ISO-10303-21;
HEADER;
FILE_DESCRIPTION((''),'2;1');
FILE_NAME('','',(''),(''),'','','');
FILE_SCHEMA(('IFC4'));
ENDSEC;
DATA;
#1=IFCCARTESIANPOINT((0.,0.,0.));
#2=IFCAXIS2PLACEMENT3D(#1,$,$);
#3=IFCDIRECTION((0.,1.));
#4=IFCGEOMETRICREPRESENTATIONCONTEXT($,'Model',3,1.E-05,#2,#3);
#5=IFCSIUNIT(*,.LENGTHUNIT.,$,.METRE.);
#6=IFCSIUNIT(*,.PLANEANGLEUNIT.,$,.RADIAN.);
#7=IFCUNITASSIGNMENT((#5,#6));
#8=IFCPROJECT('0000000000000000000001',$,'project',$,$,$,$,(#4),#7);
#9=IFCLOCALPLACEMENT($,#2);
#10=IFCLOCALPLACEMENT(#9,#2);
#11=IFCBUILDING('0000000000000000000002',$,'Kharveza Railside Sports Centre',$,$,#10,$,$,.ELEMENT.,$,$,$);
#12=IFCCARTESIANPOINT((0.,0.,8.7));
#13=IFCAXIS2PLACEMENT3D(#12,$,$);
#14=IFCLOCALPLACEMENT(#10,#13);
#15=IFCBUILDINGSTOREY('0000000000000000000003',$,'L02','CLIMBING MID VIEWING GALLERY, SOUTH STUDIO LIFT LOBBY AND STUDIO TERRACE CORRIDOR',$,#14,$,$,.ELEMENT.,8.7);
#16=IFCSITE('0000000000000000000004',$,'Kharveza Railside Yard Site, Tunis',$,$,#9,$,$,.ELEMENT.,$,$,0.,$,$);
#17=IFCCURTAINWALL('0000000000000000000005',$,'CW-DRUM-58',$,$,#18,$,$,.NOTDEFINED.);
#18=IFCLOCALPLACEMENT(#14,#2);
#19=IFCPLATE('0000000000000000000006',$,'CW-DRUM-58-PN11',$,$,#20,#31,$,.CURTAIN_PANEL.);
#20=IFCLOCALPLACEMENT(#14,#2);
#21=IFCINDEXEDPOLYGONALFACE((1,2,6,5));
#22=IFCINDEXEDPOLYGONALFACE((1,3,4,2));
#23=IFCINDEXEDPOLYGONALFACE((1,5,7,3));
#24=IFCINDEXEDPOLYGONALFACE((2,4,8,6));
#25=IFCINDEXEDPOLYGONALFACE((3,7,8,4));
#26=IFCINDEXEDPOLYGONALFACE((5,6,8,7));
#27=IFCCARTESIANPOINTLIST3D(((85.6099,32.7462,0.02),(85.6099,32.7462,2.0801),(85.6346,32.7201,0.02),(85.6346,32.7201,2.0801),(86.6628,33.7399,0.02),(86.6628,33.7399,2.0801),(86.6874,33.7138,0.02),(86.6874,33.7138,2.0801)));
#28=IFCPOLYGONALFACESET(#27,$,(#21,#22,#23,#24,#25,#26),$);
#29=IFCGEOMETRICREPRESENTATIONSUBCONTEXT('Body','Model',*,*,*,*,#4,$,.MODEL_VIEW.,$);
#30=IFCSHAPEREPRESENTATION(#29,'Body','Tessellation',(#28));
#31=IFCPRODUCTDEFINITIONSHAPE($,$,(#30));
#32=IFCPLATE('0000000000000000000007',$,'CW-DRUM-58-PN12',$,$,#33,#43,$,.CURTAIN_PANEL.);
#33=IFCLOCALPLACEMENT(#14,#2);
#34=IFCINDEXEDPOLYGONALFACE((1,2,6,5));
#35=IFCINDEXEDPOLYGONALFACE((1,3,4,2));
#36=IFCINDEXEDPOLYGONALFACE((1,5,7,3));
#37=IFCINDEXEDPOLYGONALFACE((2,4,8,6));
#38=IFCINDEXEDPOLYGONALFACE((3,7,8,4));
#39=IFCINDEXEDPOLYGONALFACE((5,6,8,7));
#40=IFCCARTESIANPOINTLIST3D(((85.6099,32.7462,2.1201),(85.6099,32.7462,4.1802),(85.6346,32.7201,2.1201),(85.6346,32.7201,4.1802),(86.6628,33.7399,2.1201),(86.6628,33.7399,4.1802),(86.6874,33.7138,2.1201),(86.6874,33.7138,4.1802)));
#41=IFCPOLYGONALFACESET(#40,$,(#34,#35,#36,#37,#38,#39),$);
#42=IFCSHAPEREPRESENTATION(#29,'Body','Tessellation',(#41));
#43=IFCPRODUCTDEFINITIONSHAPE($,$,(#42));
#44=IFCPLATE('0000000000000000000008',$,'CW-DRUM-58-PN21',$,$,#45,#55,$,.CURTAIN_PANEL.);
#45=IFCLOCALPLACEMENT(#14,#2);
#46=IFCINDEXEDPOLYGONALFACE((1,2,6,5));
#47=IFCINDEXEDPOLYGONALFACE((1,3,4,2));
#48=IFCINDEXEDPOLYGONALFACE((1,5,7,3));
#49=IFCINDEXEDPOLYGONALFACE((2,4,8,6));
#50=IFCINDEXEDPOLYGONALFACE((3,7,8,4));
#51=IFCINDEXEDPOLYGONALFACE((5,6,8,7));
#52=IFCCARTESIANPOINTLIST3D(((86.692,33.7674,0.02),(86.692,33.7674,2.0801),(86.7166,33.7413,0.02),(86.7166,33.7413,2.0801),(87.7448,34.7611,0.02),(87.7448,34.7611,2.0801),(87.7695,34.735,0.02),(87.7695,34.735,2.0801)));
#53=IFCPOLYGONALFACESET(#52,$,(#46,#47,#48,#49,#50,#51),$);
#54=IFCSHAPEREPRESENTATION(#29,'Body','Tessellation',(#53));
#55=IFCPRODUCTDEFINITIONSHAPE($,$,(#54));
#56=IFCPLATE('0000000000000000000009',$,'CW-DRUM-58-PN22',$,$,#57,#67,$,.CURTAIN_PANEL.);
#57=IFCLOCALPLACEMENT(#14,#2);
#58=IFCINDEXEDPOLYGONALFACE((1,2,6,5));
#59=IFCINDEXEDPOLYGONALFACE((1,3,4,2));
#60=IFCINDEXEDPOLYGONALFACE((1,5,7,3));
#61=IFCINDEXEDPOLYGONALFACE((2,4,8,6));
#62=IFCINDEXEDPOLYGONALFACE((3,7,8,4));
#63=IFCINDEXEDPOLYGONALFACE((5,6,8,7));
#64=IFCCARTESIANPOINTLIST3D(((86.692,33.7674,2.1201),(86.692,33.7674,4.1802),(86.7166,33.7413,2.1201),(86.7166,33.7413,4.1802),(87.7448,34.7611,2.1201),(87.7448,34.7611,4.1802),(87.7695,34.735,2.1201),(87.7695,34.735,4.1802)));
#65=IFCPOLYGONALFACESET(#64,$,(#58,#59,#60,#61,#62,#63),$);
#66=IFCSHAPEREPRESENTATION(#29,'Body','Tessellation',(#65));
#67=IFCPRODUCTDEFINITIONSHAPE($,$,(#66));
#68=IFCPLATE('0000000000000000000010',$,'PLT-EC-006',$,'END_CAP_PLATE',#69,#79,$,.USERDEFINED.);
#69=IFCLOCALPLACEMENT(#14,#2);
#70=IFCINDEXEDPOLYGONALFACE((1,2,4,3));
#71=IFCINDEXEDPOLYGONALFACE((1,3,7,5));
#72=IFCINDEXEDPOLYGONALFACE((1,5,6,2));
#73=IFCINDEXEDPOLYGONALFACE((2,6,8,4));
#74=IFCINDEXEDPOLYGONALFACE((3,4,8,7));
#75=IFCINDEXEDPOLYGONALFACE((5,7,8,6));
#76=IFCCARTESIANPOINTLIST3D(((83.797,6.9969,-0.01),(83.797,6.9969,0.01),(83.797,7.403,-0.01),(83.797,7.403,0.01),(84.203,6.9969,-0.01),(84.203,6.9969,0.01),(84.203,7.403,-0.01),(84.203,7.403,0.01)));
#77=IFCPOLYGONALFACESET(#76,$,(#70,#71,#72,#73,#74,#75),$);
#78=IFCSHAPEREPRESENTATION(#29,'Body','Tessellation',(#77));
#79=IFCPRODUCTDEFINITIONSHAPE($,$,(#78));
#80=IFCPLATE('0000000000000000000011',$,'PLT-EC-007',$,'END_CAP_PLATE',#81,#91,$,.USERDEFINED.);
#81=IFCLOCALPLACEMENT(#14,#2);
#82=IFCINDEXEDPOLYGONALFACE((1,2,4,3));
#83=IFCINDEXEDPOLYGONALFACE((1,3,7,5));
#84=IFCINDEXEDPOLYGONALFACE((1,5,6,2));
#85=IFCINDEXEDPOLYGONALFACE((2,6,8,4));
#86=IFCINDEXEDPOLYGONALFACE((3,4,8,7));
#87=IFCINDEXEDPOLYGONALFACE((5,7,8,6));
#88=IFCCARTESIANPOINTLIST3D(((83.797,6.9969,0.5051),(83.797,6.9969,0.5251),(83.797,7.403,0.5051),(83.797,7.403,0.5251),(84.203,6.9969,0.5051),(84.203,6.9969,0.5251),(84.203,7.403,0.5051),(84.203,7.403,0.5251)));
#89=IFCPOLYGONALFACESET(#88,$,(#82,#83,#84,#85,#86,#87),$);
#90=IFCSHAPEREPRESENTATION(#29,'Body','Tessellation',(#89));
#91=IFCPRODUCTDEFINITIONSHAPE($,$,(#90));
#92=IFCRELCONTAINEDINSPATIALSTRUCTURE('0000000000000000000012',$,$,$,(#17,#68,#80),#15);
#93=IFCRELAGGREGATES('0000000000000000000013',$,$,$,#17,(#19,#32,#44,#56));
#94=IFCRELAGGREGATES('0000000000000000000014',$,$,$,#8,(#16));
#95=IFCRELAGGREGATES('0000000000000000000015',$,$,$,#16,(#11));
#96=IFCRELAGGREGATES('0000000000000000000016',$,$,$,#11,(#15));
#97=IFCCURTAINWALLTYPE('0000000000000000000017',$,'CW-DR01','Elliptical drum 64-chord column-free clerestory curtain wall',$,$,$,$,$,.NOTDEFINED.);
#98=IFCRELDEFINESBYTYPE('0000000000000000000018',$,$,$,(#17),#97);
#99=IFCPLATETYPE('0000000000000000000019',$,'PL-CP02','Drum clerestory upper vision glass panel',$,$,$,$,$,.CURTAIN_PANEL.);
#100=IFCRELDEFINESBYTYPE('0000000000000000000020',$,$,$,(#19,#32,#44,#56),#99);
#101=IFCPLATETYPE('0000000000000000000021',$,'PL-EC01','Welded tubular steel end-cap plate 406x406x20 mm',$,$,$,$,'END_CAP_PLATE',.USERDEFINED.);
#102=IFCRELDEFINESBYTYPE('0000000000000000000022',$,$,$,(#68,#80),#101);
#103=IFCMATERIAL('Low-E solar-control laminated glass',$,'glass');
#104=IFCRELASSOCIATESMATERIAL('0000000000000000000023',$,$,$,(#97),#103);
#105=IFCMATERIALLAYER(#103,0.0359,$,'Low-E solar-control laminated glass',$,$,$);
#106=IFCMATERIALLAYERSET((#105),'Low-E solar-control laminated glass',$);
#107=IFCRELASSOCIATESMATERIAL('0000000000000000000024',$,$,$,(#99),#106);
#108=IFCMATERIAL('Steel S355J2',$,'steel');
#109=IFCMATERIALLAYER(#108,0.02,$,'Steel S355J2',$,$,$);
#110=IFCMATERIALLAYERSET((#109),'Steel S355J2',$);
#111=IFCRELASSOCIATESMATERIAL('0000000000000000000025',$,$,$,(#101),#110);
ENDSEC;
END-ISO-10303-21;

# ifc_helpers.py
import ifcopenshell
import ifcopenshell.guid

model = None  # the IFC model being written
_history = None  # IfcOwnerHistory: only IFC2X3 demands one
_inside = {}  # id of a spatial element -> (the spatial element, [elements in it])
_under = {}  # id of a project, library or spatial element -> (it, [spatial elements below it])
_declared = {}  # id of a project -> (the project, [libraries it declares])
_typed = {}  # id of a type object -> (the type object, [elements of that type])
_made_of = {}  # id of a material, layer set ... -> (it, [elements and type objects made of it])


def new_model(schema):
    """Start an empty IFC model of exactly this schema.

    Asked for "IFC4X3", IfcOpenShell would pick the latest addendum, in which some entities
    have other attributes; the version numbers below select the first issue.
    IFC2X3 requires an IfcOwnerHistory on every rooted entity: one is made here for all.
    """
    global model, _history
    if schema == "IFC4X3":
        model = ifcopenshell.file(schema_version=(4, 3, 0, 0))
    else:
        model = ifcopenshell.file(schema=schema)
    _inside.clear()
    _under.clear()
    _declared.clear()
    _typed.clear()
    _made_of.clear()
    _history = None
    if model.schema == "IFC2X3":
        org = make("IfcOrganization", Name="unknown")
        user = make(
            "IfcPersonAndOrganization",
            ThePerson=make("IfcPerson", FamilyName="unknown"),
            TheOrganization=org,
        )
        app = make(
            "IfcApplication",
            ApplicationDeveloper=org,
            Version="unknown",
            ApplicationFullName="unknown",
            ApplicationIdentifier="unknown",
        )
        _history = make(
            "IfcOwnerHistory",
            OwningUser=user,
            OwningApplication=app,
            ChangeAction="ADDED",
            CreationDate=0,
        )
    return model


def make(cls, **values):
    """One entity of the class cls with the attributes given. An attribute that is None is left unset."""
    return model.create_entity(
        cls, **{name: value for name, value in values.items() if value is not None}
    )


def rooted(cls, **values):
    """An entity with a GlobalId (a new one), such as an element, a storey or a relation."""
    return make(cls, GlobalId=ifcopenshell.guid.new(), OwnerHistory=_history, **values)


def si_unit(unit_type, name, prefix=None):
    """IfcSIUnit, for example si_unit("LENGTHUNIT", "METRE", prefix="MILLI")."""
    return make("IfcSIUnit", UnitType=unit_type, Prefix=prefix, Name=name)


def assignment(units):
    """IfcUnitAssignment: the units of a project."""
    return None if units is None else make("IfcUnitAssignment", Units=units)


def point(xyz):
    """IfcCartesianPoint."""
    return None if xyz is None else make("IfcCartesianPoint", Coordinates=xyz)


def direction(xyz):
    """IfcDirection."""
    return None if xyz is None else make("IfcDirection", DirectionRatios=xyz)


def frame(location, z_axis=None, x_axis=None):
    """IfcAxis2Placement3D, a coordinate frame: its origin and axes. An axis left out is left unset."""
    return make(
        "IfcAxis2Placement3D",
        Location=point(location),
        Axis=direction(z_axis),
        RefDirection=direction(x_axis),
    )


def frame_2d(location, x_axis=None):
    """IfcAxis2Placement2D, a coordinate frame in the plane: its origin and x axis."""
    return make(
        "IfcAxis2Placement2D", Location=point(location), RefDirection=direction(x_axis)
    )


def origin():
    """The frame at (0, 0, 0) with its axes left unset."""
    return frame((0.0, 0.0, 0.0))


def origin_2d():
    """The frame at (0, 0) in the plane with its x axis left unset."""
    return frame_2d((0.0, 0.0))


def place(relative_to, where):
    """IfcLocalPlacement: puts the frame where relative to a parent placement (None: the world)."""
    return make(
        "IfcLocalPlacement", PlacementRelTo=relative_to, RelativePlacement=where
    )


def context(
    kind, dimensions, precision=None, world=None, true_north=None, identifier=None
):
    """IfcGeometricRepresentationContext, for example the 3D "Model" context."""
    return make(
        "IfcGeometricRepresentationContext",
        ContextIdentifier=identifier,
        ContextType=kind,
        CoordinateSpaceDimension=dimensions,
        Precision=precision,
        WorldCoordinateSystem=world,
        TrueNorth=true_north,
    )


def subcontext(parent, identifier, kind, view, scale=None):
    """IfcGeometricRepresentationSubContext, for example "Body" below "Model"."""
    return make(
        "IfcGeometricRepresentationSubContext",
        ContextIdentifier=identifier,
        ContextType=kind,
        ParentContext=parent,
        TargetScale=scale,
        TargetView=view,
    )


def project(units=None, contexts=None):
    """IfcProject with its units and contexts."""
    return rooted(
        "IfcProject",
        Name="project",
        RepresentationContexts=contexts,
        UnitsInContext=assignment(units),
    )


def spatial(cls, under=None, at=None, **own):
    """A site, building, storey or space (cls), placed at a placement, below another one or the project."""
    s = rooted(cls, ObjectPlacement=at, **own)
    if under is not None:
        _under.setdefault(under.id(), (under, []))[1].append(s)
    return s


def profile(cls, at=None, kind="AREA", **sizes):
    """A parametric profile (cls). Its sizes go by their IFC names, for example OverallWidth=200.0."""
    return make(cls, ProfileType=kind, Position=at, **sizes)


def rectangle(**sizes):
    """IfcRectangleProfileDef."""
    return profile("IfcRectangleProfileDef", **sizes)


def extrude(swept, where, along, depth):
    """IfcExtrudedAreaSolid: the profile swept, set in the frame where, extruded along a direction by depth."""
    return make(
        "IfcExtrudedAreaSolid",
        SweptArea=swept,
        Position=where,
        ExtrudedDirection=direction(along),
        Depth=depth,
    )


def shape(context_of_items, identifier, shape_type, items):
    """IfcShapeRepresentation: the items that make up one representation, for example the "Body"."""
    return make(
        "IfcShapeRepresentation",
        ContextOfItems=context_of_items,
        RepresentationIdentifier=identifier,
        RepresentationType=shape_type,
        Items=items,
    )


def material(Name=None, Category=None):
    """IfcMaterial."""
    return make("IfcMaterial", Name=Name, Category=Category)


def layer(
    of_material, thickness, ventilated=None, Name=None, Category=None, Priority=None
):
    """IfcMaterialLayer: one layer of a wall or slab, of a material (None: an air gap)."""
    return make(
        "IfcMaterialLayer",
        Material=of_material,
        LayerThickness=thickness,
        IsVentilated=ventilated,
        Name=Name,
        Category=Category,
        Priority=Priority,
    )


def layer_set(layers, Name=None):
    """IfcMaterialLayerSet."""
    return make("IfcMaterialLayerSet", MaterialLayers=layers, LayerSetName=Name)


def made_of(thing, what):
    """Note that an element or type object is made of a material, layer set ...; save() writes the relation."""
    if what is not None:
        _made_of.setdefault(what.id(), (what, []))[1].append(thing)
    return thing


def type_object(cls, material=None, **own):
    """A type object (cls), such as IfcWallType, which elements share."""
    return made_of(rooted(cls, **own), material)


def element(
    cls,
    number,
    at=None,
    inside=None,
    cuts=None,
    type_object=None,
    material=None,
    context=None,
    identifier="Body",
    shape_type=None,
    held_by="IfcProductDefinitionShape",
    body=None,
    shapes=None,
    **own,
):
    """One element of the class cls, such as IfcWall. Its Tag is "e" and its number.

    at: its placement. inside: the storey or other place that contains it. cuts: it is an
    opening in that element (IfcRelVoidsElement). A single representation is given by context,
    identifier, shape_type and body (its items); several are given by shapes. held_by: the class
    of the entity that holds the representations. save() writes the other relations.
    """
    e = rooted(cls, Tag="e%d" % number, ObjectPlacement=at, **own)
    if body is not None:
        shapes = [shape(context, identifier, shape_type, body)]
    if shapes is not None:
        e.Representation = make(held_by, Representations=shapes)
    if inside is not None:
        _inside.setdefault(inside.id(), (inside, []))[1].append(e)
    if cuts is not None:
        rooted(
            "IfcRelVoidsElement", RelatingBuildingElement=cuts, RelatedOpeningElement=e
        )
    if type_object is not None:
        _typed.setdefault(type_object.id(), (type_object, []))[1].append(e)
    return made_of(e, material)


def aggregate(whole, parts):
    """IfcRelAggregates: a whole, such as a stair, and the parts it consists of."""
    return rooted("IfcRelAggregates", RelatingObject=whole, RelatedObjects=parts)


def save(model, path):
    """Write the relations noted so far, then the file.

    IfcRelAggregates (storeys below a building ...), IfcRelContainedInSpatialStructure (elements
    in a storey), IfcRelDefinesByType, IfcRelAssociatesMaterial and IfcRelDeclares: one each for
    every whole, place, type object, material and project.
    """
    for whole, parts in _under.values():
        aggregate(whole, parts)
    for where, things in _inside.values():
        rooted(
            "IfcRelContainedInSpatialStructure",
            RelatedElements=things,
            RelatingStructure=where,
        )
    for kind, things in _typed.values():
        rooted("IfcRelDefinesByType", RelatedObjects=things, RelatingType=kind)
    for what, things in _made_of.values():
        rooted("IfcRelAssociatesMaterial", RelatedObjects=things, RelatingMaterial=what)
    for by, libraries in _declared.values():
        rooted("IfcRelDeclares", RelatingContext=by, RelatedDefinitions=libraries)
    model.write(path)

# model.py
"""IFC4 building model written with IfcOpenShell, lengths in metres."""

from ifc_helpers import new_model, si_unit, direction, frame, origin, origin_2d, place, context, subcontext, project, spatial, rectangle, extrude, material, layer, layer_set, type_object, element, aggregate, save


model = new_model("IFC4")

# Units and contexts
model_context = context("Model", 3, precision=1e-05, world=origin(), true_north=direction((0.0, 1.0)))
body_context = subcontext(model_context, "Body", "Model", "MODEL_VIEW")
ifc_project = project(units=[si_unit("LENGTHUNIT", "METRE"), si_unit("PLANEANGLEUNIT", "RADIAN")], contexts=[model_context])

# Site, building, storey
site_placement = place(None, origin())
site = spatial("IfcSite", under=ifc_project, at=site_placement, Name="Kharveza Railside Yard Site, Tunis", CompositionType="ELEMENT", RefElevation=0.0)
building_placement = place(site_placement, origin())
building = spatial("IfcBuilding", under=site, at=building_placement, Name="Kharveza Railside Sports Centre", CompositionType="ELEMENT")
storey_placement = place(building_placement, frame((0.0, 0.0, 8.7)))
storey = spatial("IfcBuildingStorey", under=building, at=storey_placement, Name="L02", Description="CLIMBING MID VIEWING GALLERY, SOUTH STUDIO LIFT LOBBY AND STUDIO TERRACE CORRIDOR", CompositionType="ELEMENT", Elevation=8.7)

# Shared definitions
ifc_material_1 = material(Name="Steel S355J2", Category="steel")

# Curtain wall
ifc_material_2 = material(Name="Low-E solar-control laminated glass", Category="glass")
curtain_wall_type = type_object("IfcCurtainWallType", Name="CW-DR01", Description="Elliptical drum 64-chord column-free clerestory curtain wall", PredefinedType="NOTDEFINED", material=ifc_material_2)
curtain_wall_1_placement = place(storey_placement, origin())
curtain_wall_1 = element("IfcCurtainWall", 1, at=curtain_wall_1_placement, inside=storey, type_object=curtain_wall_type, Name="CW-DRUM-58", PredefinedType="NOTDEFINED")

# Plates
ifc_layer_1 = layer(ifc_material_2, 0.0359, Name="Low-E solar-control laminated glass")
ifc_layer_set_1 = layer_set([ifc_layer_1], Name="Low-E solar-control laminated glass")
plate_type_1 = type_object("IfcPlateType", Name="PL-CP02", Description="Drum clerestory upper vision glass panel", PredefinedType="CURTAIN_PANEL", material=ifc_layer_set_1)
plate_1_placement = place(storey_placement, frame((86.1487, 33.23, 0.02), z_axis=(0.0, 0.0, 1.0), x_axis=(0.727234, 0.68639, 0.0)))
plate_1 = element("IfcPlate", 2, at=plate_1_placement, type_object=plate_type_1, Name="CW-DRUM-58-PN11", PredefinedType="CURTAIN_PANEL", context=body_context, shape_type="SweptSolid", body=[
    extrude(rectangle(XDim=1.4478, YDim=0.0359, at=origin_2d()), origin(), (0.0, 0.0, 1.0), 2.0601),
])
plate_2_placement = place(storey_placement, frame((86.1487, 33.23, 2.1201), z_axis=(0.0, 0.0, 1.0), x_axis=(0.727234, 0.68639, 0.0)))
plate_2 = element("IfcPlate", 3, at=plate_2_placement, type_object=plate_type_1, Name="CW-DRUM-58-PN12", PredefinedType="CURTAIN_PANEL", context=body_context, shape_type="SweptSolid", body=[
    extrude(rectangle(XDim=1.4478, YDim=0.0359, at=origin_2d()), origin(), (0.0, 0.0, 1.0), 2.0601),
])
plate_3_placement = place(storey_placement, frame((87.2307, 34.2512, 0.02), z_axis=(0.0, 0.0, 1.0), x_axis=(0.727234, 0.68639, 0.0)))
plate_3 = element("IfcPlate", 4, at=plate_3_placement, type_object=plate_type_1, Name="CW-DRUM-58-PN21", PredefinedType="CURTAIN_PANEL", context=body_context, shape_type="SweptSolid", body=[
    extrude(rectangle(XDim=1.4478, YDim=0.0359, at=origin_2d()), origin(), (0.0, 0.0, 1.0), 2.0601),
])
plate_4_placement = place(storey_placement, frame((87.2307, 34.2512, 2.1201), z_axis=(0.0, 0.0, 1.0), x_axis=(0.727234, 0.68639, 0.0)))
plate_4 = element("IfcPlate", 5, at=plate_4_placement, type_object=plate_type_1, Name="CW-DRUM-58-PN22", PredefinedType="CURTAIN_PANEL", context=body_context, shape_type="SweptSolid", body=[
    extrude(rectangle(XDim=1.4478, YDim=0.0359, at=origin_2d()), origin(), (0.0, 0.0, 1.0), 2.0601),
])
aggregate(curtain_wall_1, [plate_1, plate_2, plate_3, plate_4])

# Plates
ifc_layer_2 = layer(ifc_material_1, 0.02, Name="Steel S355J2")
ifc_layer_set_2 = layer_set([ifc_layer_2], Name="Steel S355J2")
plate_type_2 = type_object("IfcPlateType", Name="PL-EC01", Description="Welded tubular steel end-cap plate 406x406x20 mm", ElementType="END_CAP_PLATE", PredefinedType="USERDEFINED", material=ifc_layer_set_2)
for number, where, z_axis, x_axis, name in (
    (6, (84.0, 7.2, -0.01), (0.0, 0.0, 1.0), (1.0, 0.0, 0.0), "PLT-EC-006"),
    (7, (84.0, 7.2, 0.5051), (0.0, 0.0, 1.0), (1.0, 0.0, 0.0), "PLT-EC-007"),
):
    element("IfcPlate", number, at=place(storey_placement, frame(where, z_axis=z_axis, x_axis=x_axis)), inside=storey, type_object=plate_type_2, Name=name, ObjectType="END_CAP_PLATE", PredefinedType="USERDEFINED", context=body_context, shape_type="SweptSolid", body=[
        extrude(rectangle(XDim=0.406, YDim=0.406, at=origin_2d()), origin(), (0.0, 0.0, 1.0), 0.02),
    ])

save(model, "model.ifc")
